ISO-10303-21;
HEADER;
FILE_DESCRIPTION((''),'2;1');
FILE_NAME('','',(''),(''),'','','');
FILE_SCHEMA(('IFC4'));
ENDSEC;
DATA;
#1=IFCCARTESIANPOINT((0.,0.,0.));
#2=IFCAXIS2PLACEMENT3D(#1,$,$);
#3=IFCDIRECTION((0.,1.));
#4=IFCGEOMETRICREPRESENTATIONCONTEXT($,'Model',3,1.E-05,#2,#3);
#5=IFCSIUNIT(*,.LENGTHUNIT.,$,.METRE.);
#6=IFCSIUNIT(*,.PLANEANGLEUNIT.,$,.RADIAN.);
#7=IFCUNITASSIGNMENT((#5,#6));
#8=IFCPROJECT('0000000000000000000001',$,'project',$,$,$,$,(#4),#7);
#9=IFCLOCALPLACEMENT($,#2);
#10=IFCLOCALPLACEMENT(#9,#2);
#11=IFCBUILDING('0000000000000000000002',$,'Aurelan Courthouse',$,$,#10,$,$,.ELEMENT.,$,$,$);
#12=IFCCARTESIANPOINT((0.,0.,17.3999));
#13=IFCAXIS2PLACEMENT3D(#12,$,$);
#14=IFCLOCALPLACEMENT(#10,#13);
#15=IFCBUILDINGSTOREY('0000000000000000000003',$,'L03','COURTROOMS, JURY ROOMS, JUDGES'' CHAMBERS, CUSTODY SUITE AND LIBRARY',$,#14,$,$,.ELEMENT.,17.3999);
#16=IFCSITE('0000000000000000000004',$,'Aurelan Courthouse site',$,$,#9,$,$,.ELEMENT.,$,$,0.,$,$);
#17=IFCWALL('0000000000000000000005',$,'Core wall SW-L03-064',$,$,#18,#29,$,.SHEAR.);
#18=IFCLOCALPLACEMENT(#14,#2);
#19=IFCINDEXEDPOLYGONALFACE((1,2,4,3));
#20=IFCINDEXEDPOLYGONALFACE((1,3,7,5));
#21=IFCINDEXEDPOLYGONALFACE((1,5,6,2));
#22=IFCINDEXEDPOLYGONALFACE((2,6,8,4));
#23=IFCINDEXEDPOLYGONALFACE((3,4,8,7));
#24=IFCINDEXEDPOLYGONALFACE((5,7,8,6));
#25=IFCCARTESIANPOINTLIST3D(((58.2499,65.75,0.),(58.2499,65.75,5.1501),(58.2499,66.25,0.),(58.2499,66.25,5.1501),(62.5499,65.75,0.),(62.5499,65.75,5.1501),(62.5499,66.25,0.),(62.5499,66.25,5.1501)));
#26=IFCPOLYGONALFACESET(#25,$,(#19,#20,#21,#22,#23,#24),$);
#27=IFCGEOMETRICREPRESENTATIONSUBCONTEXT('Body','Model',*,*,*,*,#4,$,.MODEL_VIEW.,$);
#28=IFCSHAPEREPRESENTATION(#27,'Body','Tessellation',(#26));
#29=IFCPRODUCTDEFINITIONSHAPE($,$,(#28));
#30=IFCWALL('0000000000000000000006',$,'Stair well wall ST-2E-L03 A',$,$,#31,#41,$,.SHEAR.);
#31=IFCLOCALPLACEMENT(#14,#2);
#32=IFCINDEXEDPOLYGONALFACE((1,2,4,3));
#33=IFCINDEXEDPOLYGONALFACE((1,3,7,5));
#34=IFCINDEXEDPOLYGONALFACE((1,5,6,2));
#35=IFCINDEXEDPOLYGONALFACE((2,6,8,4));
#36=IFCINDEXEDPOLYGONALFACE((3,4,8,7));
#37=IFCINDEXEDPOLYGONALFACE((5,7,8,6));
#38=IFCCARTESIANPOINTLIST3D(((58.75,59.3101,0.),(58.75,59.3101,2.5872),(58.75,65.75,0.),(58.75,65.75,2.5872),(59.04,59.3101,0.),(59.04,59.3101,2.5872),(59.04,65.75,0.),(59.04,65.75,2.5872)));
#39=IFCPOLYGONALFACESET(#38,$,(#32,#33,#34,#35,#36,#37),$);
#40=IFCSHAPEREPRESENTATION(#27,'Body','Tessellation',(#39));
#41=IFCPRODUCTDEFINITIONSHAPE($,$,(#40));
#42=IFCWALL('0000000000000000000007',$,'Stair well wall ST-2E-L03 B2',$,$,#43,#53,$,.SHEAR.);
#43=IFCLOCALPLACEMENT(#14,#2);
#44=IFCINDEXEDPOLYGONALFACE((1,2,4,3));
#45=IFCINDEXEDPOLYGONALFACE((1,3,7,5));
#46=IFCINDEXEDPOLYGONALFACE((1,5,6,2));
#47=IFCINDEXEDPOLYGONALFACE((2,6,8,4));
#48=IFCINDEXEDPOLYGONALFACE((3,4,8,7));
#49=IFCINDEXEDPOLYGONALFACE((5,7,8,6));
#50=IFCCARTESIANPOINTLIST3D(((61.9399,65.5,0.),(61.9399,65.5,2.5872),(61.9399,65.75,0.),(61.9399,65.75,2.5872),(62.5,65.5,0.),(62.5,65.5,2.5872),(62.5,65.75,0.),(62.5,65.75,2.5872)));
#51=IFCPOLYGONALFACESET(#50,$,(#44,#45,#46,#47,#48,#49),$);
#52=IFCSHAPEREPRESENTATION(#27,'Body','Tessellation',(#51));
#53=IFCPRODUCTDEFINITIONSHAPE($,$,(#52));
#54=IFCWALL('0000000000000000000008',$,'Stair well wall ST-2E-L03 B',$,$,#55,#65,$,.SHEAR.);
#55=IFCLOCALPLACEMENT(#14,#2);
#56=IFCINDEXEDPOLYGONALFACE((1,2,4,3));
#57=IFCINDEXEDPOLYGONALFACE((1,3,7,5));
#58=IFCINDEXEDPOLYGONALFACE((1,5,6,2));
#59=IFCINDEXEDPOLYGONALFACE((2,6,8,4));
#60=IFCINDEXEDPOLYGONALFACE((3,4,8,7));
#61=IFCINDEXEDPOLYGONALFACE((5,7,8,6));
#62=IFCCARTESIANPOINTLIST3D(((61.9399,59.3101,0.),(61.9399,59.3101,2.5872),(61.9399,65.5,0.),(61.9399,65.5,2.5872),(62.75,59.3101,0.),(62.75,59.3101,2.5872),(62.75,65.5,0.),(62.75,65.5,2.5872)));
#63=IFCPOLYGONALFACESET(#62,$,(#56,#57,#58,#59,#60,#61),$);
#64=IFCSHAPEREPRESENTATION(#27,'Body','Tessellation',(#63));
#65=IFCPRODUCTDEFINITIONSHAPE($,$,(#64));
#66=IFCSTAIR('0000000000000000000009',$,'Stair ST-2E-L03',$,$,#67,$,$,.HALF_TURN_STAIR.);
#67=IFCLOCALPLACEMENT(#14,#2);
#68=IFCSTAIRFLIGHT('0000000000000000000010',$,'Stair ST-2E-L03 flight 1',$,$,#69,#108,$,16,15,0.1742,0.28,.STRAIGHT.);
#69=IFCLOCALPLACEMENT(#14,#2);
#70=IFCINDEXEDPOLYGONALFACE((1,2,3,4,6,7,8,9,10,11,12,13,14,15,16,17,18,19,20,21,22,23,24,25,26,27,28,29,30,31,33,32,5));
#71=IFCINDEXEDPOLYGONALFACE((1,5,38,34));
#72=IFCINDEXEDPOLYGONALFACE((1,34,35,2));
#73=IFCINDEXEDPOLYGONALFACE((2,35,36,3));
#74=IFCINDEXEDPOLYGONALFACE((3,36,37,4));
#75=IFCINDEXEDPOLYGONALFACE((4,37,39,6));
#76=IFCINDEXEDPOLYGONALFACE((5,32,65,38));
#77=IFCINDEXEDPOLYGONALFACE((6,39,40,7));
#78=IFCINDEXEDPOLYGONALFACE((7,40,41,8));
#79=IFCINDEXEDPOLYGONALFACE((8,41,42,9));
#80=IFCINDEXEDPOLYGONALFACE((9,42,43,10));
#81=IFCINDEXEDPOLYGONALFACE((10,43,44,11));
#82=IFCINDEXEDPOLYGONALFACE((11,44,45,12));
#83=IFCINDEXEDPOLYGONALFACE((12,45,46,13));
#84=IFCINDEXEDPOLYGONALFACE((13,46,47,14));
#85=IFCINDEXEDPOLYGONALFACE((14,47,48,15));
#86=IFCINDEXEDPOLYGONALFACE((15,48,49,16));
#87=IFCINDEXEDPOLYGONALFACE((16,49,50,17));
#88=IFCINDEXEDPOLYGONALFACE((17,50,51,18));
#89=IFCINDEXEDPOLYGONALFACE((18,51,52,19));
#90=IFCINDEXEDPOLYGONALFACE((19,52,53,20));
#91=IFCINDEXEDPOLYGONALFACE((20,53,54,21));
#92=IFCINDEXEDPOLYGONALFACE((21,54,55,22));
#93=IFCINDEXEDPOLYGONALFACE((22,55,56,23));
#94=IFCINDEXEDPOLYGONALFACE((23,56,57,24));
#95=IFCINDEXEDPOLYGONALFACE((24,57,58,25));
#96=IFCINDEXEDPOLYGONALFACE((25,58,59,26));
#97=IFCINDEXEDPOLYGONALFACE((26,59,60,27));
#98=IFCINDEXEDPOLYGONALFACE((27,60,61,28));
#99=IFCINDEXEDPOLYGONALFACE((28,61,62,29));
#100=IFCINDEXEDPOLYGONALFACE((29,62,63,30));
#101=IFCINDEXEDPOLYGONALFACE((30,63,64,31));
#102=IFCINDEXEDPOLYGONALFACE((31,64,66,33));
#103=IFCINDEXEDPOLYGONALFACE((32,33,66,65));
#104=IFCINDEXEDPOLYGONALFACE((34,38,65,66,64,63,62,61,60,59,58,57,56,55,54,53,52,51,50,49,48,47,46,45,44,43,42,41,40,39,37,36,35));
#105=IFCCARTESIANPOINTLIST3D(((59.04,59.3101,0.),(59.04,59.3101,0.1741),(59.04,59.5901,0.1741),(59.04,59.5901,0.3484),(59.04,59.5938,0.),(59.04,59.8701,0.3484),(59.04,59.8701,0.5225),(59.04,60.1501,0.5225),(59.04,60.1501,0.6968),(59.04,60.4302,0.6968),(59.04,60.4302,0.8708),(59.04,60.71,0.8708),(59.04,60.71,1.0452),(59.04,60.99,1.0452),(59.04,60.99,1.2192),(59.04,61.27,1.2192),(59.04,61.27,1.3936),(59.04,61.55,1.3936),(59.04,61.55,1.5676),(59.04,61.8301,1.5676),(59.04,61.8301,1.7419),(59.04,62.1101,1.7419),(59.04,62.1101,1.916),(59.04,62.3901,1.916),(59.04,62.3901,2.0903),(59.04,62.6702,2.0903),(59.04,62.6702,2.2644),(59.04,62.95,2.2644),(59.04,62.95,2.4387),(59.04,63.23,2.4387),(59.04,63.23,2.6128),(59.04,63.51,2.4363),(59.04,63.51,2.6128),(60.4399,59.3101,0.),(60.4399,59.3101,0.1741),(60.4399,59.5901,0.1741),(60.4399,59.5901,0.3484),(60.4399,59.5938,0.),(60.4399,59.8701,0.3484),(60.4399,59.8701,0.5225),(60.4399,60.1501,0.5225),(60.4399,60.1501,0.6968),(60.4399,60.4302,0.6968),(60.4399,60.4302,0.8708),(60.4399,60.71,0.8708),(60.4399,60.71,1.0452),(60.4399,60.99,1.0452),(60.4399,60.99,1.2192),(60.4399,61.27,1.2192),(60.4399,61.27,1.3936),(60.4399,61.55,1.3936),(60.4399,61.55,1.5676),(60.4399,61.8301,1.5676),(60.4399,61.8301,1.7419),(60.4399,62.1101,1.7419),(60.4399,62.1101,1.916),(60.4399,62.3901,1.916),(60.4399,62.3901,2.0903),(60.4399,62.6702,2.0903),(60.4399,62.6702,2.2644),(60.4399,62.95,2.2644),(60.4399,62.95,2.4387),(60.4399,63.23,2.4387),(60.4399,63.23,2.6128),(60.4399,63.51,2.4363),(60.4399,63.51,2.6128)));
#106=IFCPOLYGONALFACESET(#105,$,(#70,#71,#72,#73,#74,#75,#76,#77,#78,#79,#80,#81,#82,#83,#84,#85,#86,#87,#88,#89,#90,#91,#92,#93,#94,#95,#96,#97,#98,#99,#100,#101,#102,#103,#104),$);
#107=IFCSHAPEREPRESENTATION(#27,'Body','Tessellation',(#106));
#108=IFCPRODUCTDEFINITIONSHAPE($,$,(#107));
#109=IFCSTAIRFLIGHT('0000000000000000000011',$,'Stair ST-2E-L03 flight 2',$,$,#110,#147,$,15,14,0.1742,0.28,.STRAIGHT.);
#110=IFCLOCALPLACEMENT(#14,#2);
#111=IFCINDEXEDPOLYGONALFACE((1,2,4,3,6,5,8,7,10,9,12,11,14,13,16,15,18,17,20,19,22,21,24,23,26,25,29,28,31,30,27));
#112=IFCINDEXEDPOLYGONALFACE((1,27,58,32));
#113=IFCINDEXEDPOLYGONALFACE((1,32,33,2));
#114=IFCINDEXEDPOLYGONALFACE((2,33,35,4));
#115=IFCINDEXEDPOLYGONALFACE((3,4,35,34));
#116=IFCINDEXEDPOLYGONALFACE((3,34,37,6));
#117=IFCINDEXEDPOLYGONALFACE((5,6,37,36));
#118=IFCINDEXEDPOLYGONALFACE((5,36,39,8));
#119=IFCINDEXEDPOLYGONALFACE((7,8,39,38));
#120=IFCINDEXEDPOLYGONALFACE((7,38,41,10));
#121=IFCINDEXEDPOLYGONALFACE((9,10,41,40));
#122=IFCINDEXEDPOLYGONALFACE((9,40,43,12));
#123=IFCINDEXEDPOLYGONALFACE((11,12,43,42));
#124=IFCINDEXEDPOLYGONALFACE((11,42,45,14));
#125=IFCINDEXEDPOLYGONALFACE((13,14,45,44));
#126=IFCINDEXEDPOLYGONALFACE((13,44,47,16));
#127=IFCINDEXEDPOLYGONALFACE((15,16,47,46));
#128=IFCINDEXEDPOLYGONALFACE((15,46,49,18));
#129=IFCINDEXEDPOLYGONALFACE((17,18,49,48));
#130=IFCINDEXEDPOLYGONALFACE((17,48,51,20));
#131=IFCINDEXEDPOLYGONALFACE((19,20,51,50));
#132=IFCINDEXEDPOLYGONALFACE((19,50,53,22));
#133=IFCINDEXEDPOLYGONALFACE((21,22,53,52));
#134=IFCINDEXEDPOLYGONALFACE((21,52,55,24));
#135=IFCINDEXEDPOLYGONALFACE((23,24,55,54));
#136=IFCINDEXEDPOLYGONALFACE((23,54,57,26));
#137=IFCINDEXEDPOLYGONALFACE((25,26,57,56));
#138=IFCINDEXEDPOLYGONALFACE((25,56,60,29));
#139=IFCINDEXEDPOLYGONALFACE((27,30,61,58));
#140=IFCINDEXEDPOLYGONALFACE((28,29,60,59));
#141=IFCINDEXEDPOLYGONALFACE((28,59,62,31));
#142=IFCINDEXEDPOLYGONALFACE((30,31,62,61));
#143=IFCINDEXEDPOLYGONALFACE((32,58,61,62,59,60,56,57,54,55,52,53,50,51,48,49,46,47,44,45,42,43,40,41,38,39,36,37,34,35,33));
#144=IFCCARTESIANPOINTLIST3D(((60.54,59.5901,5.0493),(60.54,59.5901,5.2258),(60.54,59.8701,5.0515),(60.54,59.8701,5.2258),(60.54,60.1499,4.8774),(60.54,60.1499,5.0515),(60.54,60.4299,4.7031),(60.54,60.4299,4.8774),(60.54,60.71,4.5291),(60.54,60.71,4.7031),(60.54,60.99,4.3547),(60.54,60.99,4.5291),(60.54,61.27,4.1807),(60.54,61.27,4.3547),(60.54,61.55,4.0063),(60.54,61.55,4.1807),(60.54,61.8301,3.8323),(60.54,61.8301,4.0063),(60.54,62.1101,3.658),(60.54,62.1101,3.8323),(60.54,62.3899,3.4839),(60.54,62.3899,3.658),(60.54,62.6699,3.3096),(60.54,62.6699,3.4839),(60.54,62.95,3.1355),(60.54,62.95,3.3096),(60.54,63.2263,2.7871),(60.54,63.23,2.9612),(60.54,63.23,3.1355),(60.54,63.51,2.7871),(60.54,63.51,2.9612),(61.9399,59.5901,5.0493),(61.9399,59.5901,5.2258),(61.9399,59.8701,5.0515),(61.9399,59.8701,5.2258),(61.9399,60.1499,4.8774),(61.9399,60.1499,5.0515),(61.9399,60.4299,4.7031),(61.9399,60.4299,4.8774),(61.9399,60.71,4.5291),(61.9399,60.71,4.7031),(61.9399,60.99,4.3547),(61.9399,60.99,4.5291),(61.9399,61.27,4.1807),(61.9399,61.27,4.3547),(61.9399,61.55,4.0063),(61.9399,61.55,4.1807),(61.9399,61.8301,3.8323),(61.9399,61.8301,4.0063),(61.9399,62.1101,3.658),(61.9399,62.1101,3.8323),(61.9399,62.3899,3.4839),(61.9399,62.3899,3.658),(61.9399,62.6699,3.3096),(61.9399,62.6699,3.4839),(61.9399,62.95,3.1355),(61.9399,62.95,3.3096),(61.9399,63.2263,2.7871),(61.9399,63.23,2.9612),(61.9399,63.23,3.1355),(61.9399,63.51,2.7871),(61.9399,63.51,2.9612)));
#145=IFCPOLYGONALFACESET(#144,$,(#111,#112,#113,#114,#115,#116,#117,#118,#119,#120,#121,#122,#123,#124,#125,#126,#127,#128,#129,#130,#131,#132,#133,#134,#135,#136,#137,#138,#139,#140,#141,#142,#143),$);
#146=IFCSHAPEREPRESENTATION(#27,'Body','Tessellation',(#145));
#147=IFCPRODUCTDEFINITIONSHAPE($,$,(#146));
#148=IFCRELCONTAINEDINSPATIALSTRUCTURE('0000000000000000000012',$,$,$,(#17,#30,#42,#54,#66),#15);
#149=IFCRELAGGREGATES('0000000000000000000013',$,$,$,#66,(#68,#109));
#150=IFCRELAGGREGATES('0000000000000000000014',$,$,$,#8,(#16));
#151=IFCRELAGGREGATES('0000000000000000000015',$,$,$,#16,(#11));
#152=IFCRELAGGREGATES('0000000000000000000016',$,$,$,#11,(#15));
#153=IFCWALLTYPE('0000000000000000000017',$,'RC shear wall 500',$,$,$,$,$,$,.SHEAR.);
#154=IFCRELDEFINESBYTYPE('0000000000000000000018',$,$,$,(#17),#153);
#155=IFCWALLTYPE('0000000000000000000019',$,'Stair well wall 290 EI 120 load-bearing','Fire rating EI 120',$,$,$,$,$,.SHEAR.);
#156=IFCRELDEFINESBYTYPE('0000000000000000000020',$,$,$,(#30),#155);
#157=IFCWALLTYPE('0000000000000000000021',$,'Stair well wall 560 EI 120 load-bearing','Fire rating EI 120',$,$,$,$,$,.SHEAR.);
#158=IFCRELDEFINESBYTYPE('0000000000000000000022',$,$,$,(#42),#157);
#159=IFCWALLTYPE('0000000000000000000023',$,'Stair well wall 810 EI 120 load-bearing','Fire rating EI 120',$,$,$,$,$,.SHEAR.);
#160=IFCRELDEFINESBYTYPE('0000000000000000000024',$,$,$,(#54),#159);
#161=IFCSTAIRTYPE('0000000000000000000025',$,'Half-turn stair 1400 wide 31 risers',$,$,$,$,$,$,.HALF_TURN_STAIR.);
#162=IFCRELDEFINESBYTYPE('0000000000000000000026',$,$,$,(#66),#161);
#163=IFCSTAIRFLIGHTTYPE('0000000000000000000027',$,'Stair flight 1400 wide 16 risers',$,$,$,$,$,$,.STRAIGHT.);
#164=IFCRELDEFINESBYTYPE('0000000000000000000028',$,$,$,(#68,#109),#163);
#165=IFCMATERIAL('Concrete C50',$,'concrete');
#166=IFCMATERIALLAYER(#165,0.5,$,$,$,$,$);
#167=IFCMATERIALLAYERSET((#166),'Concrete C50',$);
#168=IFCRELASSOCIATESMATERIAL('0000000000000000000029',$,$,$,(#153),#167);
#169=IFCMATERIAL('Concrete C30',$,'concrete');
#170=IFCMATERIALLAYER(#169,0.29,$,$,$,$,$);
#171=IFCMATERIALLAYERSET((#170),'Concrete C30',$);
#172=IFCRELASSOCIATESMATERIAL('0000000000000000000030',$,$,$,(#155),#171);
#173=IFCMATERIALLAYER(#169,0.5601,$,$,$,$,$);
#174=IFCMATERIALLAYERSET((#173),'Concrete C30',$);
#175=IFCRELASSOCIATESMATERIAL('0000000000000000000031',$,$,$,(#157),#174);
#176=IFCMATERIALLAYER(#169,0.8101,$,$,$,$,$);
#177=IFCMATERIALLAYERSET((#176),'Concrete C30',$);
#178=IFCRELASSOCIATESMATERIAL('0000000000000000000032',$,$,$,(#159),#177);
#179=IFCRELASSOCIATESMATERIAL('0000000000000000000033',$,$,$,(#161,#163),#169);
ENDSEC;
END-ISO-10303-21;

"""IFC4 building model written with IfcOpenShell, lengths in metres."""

from ifc_helpers import new_model, si_unit, direction, frame, frame_2d, origin, place, context, subcontext, project, spatial, polyline, rectangle, outline, extrude, material, layer, layer_set, type_object, element, aggregate, save


model = new_model("IFC4")

# Units and contexts
model_context = context("Model", 3, precision=1e-05, world=origin(), true_north=direction((0.0, 1.0)))
body_context = subcontext(model_context, "Body", "Model", "MODEL_VIEW")
ifc_project = project(units=[si_unit("LENGTHUNIT", "METRE"), si_unit("PLANEANGLEUNIT", "RADIAN")], contexts=[model_context])

# Site, building, storey
site_placement = place(None, origin())
site = spatial("IfcSite", under=ifc_project, at=site_placement, Name="Aurelan Courthouse site", CompositionType="ELEMENT", RefElevation=0.0)
building_placement = place(site_placement, origin())
building = spatial("IfcBuilding", under=site, at=building_placement, Name="Aurelan Courthouse", CompositionType="ELEMENT")
storey_placement = place(building_placement, frame((0.0, 0.0, 17.3999)))
storey = spatial("IfcBuildingStorey", under=building, at=storey_placement, Name="L03", Description="COURTROOMS, JURY ROOMS, JUDGES' CHAMBERS, CUSTODY SUITE AND LIBRARY", CompositionType="ELEMENT", Elevation=17.3999)

# Shared definitions
ifc_material_1 = material(Name="Concrete C50", Category="concrete")

# Shared definitions
ifc_material_2 = material(Name="Concrete C30", Category="concrete")

# Shared definitions
ifc_layer_1 = layer(ifc_material_1, 0.5)
ifc_layer_set_1 = layer_set([ifc_layer_1], Name="Concrete C50")
wall_type_1 = type_object("IfcWallType", Name="RC shear wall 500", PredefinedType="SHEAR", material=ifc_layer_set_1)

# Walls
wall_1_placement = place(storey_placement, frame((58.25, 66.0, 0.0), z_axis=(0.0, 0.0, 1.0), x_axis=(1.0, 0.0, 0.0)))
element("IfcWall", 1, at=wall_1_placement, inside=storey, type_object=wall_type_1, Name="Core wall SW-L03-064", PredefinedType="SHEAR", context=body_context, shape_type="SweptSolid", body=[
    extrude(rectangle(XDim=4.3, YDim=0.5, at=frame_2d((2.1499, 0.0))), origin(), (0.0, 0.0, 1.0), 5.1501),
])
ifc_layer_2 = layer(ifc_material_2, 0.29)
ifc_layer_set_2 = layer_set([ifc_layer_2], Name="Concrete C30")
wall_type_2 = type_object("IfcWallType", Name="Stair well wall 290 EI 120 load-bearing", Description="Fire rating EI 120", PredefinedType="SHEAR", material=ifc_layer_set_2)
wall_2_placement = place(storey_placement, frame((58.895, 59.3101, 0.0), z_axis=(0.0, 0.0, 1.0), x_axis=(0.0, 1.0, 0.0)))
element("IfcWall", 2, at=wall_2_placement, inside=storey, type_object=wall_type_2, Name="Stair well wall ST-2E-L03 A", PredefinedType="SHEAR", context=body_context, shape_type="SweptSolid", body=[
    extrude(rectangle(XDim=6.4399, YDim=0.29, at=frame_2d((3.22, 0.0))), origin(), (0.0, 0.0, 1.0), 2.5872),
])
ifc_layer_3 = layer(ifc_material_2, 0.5601)
ifc_layer_set_3 = layer_set([ifc_layer_3], Name="Concrete C30")
wall_type_3 = type_object("IfcWallType", Name="Stair well wall 560 EI 120 load-bearing", Description="Fire rating EI 120", PredefinedType="SHEAR", material=ifc_layer_set_3)
wall_3_placement = place(storey_placement, frame((62.22, 65.5, 0.0), z_axis=(0.0, 0.0, 1.0), x_axis=(0.0, 1.0, 0.0)))
element("IfcWall", 3, at=wall_3_placement, inside=storey, type_object=wall_type_3, Name="Stair well wall ST-2E-L03 B2", PredefinedType="SHEAR", context=body_context, shape_type="SweptSolid", body=[
    extrude(rectangle(XDim=0.25, YDim=0.5601, at=frame_2d((0.125, 0.0))), origin(), (0.0, 0.0, 1.0), 2.5872),
])
ifc_layer_4 = layer(ifc_material_2, 0.8101)
ifc_layer_set_4 = layer_set([ifc_layer_4], Name="Concrete C30")
wall_type_4 = type_object("IfcWallType", Name="Stair well wall 810 EI 120 load-bearing", Description="Fire rating EI 120", PredefinedType="SHEAR", material=ifc_layer_set_4)
wall_4_placement = place(storey_placement, frame((62.345, 59.3101, 0.0), z_axis=(0.0, 0.0, 1.0), x_axis=(0.0, 1.0, 0.0)))
element("IfcWall", 4, at=wall_4_placement, inside=storey, type_object=wall_type_4, Name="Stair well wall ST-2E-L03 B", PredefinedType="SHEAR", context=body_context, shape_type="SweptSolid", body=[
    extrude(rectangle(XDim=6.1899, YDim=0.8101, at=frame_2d((3.095, 0.0))), origin(), (0.0, 0.0, 1.0), 2.5872),
])

# Stair, stair flights
stair_type_1 = type_object("IfcStairType", Name="Half-turn stair 1400 wide 31 risers", PredefinedType="HALF_TURN_STAIR", material=ifc_material_2)
stair_1_placement = place(storey_placement, origin())
stair_1 = element("IfcStair", 5, at=stair_1_placement, inside=storey, type_object=stair_type_1, Name="Stair ST-2E-L03", PredefinedType="HALF_TURN_STAIR")
stair_flight_type_1 = type_object("IfcStairFlightType", Name="Stair flight 1400 wide 16 risers", PredefinedType="STRAIGHT", material=ifc_material_2)
stair_flight_1_placement = place(storey_placement, frame((59.74, 59.3101, 0.0), z_axis=(0.0, 0.0, 1.0), x_axis=(0.0, 1.0, 0.0)))
stair_flight_1 = element("IfcStairFlight", 6, at=stair_flight_1_placement, type_object=stair_flight_type_1, Name="Stair ST-2E-L03 flight 1", NumberOfRisers=16, NumberOfTreads=15, PredefinedType="STRAIGHT", RiserHeight=0.1742, TreadLength=0.28, context=body_context, shape_type="SweptSolid", body=[
    extrude(outline(polyline([(0.0, 0.0), (0.0, 0.1741), (0.28, 0.1741), (0.28, 0.3484), (0.5601, 0.3484), (0.5601, 0.5225), (0.8401, 0.5225), (0.8401, 0.6968), (1.1201, 0.6968), (1.1201, 0.8708), (1.3999, 0.8708), (1.3999, 1.0452), (1.6799, 1.0452), (1.6799, 1.2192), (1.96, 1.2192), (1.96, 1.3936), (2.24, 1.3936), (2.24, 1.5676), (2.52, 1.5676), (2.52, 1.7419), (2.8, 1.7419), (2.8, 1.916), (3.0801, 1.916), (3.0801, 2.0903), (3.3601, 2.0903), (3.3601, 2.2644), (3.6399, 2.2644), (3.6399, 2.4387), (3.9199, 2.4387), (3.9199, 2.6128), (4.2, 2.6128), (4.2, 2.7871), (4.2, 2.4363), (0.2837, 0.0), (0.0, 0.0)])), frame((0.0, 0.7, 0.0), z_axis=(0.0, -1.0, 0.0), x_axis=(1.0, 0.0, 0.0)), (0.0, 0.0, 1.0), 1.3999),
])
stair_flight_2_placement = place(storey_placement, frame((61.24, 63.51, 2.7871), z_axis=(0.0, 0.0, 1.0), x_axis=(0.0, -1.0, 0.0)))
stair_flight_2 = element("IfcStairFlight", 7, at=stair_flight_2_placement, type_object=stair_flight_type_1, Name="Stair ST-2E-L03 flight 2", NumberOfRisers=15, NumberOfTreads=14, PredefinedType="STRAIGHT", RiserHeight=0.1742, TreadLength=0.28, context=body_context, shape_type="SweptSolid", body=[
    extrude(outline(polyline([(0.0, 0.0), (0.0, 0.1741), (0.28, 0.1741), (0.28, 0.3484), (0.5601, 0.3484), (0.5601, 0.5225), (0.8401, 0.5225), (0.8401, 0.6968), (1.1201, 0.6968), (1.1201, 0.8708), (1.3999, 0.8708), (1.3999, 1.0452), (1.6799, 1.0452), (1.6799, 1.2192), (1.96, 1.2192), (1.96, 1.3936), (2.24, 1.3936), (2.24, 1.5676), (2.52, 1.5676), (2.52, 1.7419), (2.8, 1.7419), (2.8, 1.916), (3.0801, 1.916), (3.0801, 2.0903), (3.3601, 2.0903), (3.3601, 2.2644), (3.6399, 2.2644), (3.6399, 2.4387), (3.9199, 2.4387), (3.9199, 2.6128), (3.9199, 2.2622), (0.2837, 0.0), (0.0, 0.0)])), frame((0.0, 0.7, 0.0), z_axis=(0.0, -1.0, 0.0), x_axis=(1.0, 0.0, 0.0)), (0.0, 0.0, 1.0), 1.3999),
])
aggregate(stair_1, [stair_flight_1, stair_flight_2])

save(model, "model.ifc")
